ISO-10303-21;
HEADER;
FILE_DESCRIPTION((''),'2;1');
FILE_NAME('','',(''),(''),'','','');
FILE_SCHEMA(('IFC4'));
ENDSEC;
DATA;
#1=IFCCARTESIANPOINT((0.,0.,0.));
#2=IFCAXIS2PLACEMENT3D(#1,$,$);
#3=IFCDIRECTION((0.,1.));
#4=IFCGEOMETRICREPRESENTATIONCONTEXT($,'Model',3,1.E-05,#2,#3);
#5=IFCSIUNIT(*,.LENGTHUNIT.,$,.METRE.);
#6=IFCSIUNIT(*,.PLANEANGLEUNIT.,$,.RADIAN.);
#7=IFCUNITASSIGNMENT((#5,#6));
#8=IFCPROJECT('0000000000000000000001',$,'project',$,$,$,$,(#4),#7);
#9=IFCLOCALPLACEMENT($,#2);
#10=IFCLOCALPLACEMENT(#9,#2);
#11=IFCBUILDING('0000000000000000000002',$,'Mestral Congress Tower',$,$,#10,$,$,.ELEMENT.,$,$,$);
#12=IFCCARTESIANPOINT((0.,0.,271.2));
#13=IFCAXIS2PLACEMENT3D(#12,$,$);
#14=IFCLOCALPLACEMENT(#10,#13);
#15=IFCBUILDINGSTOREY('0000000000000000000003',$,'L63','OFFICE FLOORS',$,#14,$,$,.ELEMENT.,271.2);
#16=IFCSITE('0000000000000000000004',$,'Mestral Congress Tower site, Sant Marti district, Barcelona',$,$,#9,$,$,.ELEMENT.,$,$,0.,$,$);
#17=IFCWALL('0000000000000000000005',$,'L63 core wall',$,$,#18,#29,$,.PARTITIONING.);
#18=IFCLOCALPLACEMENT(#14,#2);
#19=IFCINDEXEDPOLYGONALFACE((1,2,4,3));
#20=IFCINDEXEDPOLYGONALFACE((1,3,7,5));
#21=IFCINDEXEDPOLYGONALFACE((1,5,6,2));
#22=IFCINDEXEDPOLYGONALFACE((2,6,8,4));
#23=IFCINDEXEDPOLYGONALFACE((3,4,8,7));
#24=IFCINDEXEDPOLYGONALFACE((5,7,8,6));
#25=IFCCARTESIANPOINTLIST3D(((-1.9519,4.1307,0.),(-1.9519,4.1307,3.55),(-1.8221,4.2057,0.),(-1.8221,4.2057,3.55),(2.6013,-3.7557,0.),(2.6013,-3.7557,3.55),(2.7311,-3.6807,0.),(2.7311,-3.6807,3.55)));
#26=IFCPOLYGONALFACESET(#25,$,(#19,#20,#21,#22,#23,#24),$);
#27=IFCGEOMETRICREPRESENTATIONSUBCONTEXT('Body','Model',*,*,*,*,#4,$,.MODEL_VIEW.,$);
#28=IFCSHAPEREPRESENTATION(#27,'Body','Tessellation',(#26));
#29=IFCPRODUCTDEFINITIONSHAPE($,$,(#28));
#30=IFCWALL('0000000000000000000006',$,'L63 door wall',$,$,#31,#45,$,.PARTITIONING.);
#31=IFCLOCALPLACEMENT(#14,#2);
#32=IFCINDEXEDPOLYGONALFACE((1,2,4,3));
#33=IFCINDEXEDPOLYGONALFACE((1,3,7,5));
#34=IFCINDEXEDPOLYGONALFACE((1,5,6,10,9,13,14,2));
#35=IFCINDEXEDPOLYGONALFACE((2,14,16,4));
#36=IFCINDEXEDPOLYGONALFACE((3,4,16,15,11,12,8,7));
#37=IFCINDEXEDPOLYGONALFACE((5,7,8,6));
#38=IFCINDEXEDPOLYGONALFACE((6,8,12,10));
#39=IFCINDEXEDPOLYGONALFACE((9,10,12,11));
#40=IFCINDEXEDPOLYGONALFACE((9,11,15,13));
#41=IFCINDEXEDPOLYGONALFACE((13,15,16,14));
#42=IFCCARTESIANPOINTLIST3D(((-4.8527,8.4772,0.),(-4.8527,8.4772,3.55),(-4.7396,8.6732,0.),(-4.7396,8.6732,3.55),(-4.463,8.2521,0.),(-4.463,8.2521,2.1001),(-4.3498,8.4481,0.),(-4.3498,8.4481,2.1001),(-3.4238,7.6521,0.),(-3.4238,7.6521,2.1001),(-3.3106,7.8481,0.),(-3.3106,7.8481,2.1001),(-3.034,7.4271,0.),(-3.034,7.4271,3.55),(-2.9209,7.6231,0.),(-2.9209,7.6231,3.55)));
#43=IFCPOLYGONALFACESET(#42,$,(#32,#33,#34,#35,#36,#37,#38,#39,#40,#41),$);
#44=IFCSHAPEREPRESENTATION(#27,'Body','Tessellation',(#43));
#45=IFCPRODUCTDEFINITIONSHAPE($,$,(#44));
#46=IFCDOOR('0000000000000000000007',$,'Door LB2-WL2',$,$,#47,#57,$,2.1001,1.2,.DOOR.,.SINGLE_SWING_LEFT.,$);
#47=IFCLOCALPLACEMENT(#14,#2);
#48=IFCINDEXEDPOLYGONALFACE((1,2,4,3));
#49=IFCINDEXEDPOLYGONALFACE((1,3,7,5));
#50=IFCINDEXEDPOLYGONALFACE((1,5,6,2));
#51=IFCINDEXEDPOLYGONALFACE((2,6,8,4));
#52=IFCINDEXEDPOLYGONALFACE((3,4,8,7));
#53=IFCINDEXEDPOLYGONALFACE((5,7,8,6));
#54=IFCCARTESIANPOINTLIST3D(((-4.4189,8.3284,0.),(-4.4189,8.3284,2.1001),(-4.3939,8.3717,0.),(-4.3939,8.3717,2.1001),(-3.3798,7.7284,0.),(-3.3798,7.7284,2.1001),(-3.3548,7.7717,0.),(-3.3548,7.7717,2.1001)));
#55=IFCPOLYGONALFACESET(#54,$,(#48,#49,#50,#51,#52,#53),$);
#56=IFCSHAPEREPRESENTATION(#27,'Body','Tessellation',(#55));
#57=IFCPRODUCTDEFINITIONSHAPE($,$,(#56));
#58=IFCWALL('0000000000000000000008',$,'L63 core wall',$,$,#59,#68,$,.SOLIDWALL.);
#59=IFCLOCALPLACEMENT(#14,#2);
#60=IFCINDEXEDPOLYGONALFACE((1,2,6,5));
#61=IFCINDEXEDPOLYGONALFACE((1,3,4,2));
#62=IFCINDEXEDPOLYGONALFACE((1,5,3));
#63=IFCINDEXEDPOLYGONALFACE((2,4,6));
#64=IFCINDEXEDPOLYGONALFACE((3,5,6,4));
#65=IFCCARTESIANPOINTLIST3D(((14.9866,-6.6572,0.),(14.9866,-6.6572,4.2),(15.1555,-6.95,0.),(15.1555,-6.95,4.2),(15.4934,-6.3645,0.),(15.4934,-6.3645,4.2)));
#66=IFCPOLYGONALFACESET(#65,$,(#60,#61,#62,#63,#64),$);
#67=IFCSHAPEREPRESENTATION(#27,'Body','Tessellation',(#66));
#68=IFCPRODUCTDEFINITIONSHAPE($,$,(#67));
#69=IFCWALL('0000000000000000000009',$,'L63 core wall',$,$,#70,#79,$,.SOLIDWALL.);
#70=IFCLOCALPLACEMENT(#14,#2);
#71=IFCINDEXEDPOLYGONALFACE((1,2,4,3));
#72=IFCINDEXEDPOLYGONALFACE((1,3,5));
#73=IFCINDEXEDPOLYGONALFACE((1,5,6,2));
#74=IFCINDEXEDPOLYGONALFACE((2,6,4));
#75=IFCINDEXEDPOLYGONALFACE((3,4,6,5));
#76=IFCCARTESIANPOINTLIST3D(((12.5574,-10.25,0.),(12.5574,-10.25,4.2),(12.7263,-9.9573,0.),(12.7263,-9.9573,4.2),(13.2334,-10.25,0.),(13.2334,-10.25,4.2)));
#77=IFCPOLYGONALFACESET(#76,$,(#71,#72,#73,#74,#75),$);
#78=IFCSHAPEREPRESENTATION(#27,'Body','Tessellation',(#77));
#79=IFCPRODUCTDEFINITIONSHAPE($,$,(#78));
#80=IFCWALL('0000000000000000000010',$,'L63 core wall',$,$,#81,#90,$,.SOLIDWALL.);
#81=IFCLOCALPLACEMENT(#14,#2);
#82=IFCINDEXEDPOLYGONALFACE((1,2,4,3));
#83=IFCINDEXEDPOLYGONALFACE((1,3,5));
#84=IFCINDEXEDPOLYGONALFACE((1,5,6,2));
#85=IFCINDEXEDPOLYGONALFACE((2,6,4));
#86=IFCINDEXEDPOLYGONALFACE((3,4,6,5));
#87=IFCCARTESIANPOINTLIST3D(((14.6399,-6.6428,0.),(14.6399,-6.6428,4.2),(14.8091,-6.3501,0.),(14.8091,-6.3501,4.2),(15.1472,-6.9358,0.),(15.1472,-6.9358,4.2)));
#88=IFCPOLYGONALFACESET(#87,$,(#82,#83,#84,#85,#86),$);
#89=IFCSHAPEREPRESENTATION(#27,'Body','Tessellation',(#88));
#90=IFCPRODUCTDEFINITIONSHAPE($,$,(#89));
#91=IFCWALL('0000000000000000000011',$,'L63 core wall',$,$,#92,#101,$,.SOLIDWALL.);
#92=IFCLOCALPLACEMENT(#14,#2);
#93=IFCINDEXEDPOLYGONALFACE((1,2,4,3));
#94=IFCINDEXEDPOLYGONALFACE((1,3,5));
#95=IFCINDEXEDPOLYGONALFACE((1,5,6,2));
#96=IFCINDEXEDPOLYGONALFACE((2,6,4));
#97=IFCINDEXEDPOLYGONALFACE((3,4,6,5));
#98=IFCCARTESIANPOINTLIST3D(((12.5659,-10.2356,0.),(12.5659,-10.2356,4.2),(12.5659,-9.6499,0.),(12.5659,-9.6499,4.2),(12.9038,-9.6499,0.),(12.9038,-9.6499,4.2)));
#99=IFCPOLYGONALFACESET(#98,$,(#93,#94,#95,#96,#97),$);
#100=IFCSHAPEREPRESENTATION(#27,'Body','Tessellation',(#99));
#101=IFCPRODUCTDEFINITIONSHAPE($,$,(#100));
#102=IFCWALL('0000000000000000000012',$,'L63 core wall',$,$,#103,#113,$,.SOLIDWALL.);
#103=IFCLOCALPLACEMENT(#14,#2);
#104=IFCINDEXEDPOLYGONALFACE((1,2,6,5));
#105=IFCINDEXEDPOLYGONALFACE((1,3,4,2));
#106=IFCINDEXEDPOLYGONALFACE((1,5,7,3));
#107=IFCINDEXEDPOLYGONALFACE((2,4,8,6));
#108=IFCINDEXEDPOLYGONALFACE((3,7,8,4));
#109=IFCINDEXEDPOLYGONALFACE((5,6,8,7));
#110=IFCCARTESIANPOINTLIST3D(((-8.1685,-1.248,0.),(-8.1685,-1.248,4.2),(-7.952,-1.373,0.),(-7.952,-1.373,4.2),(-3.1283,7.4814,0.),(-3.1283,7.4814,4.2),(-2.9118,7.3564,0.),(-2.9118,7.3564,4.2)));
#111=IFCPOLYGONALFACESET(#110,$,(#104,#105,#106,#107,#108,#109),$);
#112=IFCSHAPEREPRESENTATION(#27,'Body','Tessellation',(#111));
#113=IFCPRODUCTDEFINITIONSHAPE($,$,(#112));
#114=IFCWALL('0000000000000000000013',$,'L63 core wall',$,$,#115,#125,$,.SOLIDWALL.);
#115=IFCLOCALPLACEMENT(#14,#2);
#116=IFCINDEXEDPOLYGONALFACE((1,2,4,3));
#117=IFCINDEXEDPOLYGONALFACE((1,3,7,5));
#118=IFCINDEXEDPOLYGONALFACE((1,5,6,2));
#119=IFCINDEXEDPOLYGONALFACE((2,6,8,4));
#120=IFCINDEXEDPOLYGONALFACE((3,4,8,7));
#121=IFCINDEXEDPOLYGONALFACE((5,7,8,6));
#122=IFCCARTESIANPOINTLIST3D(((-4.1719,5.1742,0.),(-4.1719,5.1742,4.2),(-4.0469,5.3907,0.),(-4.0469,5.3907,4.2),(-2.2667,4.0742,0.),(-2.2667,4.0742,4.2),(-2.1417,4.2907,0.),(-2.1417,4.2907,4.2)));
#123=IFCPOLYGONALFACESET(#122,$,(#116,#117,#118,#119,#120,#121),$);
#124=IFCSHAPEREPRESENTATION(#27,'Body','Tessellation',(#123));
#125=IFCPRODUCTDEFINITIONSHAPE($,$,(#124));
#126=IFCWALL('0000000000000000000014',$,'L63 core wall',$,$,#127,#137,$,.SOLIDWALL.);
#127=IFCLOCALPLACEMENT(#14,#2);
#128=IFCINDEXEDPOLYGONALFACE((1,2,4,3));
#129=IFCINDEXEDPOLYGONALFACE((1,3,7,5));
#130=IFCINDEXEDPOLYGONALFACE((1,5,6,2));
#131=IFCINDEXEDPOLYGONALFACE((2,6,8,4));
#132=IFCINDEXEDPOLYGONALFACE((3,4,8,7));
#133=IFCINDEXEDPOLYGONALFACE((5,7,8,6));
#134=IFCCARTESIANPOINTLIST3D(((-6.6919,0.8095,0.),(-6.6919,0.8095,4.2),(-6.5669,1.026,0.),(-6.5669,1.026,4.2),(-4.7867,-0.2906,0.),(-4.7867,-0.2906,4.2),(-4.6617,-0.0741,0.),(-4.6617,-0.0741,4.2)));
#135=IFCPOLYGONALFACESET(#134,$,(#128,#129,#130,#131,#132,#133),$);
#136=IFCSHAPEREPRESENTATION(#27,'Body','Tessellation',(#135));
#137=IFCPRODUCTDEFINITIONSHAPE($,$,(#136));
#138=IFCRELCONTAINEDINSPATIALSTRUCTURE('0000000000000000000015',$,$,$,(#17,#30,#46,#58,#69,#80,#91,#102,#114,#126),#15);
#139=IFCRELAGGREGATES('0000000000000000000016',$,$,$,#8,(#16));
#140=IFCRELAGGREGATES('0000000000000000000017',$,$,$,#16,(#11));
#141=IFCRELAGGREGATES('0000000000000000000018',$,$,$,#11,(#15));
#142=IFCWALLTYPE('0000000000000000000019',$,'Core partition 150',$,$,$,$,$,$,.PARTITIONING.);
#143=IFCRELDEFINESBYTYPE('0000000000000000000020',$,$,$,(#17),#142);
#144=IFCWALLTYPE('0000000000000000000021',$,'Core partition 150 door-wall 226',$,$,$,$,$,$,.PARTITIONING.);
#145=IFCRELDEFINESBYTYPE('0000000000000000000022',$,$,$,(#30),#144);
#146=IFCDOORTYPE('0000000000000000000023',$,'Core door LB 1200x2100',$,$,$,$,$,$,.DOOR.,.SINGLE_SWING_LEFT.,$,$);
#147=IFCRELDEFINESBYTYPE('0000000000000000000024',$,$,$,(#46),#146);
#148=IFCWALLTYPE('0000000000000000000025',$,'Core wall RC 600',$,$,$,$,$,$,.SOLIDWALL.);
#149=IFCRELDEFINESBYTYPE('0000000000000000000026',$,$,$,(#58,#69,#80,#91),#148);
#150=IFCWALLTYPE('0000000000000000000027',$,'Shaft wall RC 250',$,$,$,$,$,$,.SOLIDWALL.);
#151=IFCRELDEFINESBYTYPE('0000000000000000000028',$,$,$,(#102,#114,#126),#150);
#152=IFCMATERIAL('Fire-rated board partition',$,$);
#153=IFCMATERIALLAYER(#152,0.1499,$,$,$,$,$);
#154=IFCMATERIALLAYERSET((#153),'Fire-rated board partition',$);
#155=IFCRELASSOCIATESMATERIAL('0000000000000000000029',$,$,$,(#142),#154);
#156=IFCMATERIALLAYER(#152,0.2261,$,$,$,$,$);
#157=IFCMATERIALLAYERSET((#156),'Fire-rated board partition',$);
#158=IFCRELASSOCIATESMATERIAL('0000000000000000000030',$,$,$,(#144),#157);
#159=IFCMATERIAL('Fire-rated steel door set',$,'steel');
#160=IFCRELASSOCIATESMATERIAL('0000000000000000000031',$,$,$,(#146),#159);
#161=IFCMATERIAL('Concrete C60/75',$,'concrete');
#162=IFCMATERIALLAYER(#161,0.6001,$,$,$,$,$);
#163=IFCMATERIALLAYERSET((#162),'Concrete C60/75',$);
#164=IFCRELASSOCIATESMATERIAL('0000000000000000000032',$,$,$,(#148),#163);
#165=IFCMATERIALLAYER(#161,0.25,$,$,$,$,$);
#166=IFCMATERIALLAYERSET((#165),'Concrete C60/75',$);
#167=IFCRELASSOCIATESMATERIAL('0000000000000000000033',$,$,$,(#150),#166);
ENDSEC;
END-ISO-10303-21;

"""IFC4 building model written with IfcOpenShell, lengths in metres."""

from ifc_helpers import new_model, si_unit, direction, frame, frame_2d, origin, place, context, subcontext, project, spatial, polyline, rectangle, outline, extrude, material, layer, layer_set, type_object, element, fill, save


model = new_model("IFC4")

# Units and contexts
model_context = context("Model", 3, precision=1e-05, world=origin(), true_north=direction((0.0, 1.0)))
body_context = subcontext(model_context, "Body", "Model", "MODEL_VIEW")
ifc_project = project(units=[si_unit("LENGTHUNIT", "METRE"), si_unit("PLANEANGLEUNIT", "RADIAN")], contexts=[model_context])

# Site, building, storey
site_placement = place(None, origin())
site = spatial("IfcSite", under=ifc_project, at=site_placement, Name="Mestral Congress Tower site, Sant Marti district, Barcelona", CompositionType="ELEMENT", RefElevation=0.0)
building_placement = place(site_placement, origin())
building = spatial("IfcBuilding", under=site, at=building_placement, Name="Mestral Congress Tower", CompositionType="ELEMENT")
storey_placement = place(building_placement, frame((0.0, 0.0, 271.2)))
storey = spatial("IfcBuildingStorey", under=building, at=storey_placement, Name="L63", Description="OFFICE FLOORS", CompositionType="ELEMENT", Elevation=271.2)

# Shared definitions
ifc_material_1 = material(Name="Concrete C60/75", Category="concrete")

# Shared definitions
placement_1 = place(storey_placement, origin())

# Wall
ifc_material_2 = material(Name="Fire-rated board partition")
ifc_layer_1 = layer(ifc_material_2, 0.1499)
ifc_layer_set_1 = layer_set([ifc_layer_1], Name="Fire-rated board partition")
wall_type_1 = type_object("IfcWallType", Name="Core partition 150", PredefinedType="PARTITIONING", material=ifc_layer_set_1)
wall_1_placement = place(storey_placement, frame((-1.887, 4.1682, 0.0), z_axis=(0.0, 0.0, 1.0), x_axis=(0.499997, -0.866027, 0.0)))
element("IfcWall", 1, at=wall_1_placement, inside=storey, type_object=wall_type_1, Name="L63 core wall", PredefinedType="PARTITIONING", context=body_context, shape_type="SweptSolid", body=[
    extrude(rectangle(XDim=9.1064, YDim=0.1499, at=frame_2d((4.5532, 0.0))), origin(), (0.0, 0.0, 1.0), 3.55),
])

# Wall, opening, door
ifc_layer_2 = layer(ifc_material_2, 0.2261)
ifc_layer_set_2 = layer_set([ifc_layer_2], Name="Fire-rated board partition")
wall_type_2 = type_object("IfcWallType", Name="Core partition 150 door-wall 226", PredefinedType="PARTITIONING", material=ifc_layer_set_2)
wall_2_placement = place(storey_placement, frame((-4.7961, 8.5752, 0.0), z_axis=(0.0, 0.0, 1.0), x_axis=(0.866009, -0.500028, 0.0)))
wall_2 = element("IfcWall", 2, at=wall_2_placement, inside=storey, type_object=wall_type_2, Name="L63 door wall", PredefinedType="PARTITIONING", context=body_context, shape_type="SweptSolid", body=[
    extrude(rectangle(XDim=2.1001, YDim=0.2263, at=frame_2d((1.05, 0.0))), origin(), (0.0, 0.0, 1.0), 3.55),
])
opening_1_placement = place(wall_2_placement, frame((0.45, 0.0, 0.0)))
opening_1 = element("IfcOpeningElement", 3, at=opening_1_placement, cuts=wall_2, PredefinedType="OPENING", context=body_context, shape_type="SweptSolid", body=[
    extrude(rectangle(XDim=1.2, YDim=2.1001, at=frame_2d((0.6001, 1.05))), frame((0.0, 0.123, 0.0), z_axis=(0.0, -1.0, 0.0), x_axis=(1.0, 0.0, 0.0)), (0.0, 0.0, 1.0), 0.2463),
])
ifc_material_3 = material(Name="Fire-rated steel door set", Category="steel")
door_type_1 = type_object("IfcDoorType", Name="Core door LB 1200x2100", OperationType="SINGLE_SWING_LEFT", PredefinedType="DOOR", material=ifc_material_3)
door_1_placement = place(opening_1_placement, origin())
door_1 = element("IfcDoor", 4, at=door_1_placement, inside=storey, type_object=door_type_1, Name="Door LB2-WL2", OperationType="SINGLE_SWING_LEFT", OverallHeight=2.1001, OverallWidth=1.2, PredefinedType="DOOR", context=body_context, shape_type="SweptSolid", body=[
    extrude(rectangle(XDim=1.2, YDim=2.1001, at=frame_2d((0.6001, 1.05))), frame((0.0, 0.0249, 0.0), z_axis=(0.0, -1.0, 0.0), x_axis=(1.0, 0.0, 0.0)), (0.0, 0.0, 1.0), 0.05),
])
fill(opening_1, door_1)

# Walls
ifc_layer_3 = layer(ifc_material_1, 0.6001)
ifc_layer_set_3 = layer_set([ifc_layer_3], Name="Concrete C60/75")
wall_type_3 = type_object("IfcWallType", Name="Core wall RC 600", PredefinedType="SOLIDWALL", material=ifc_layer_set_3)
element("IfcWall", 5, at=placement_1, inside=storey, type_object=wall_type_3, Name="L63 core wall", PredefinedType="SOLIDWALL", context=body_context, shape_type="SweptSolid", body=[
    extrude(outline(polyline([(15.1555, -6.95), (14.9866, -6.6572), (15.4934, -6.3645), (15.1555, -6.95)])), origin(), (0.0, 0.0, 1.0), 4.2),
])
element("IfcWall", 6, at=placement_1, inside=storey, type_object=wall_type_3, Name="L63 core wall", PredefinedType="SOLIDWALL", context=body_context, shape_type="SweptSolid", body=[
    extrude(outline(polyline([(12.7263, -9.9573), (13.2334, -10.25), (12.5574, -10.25), (12.7263, -9.9573)])), origin(), (0.0, 0.0, 1.0), 4.2),
])
element("IfcWall", 7, at=placement_1, inside=storey, type_object=wall_type_3, Name="L63 core wall", PredefinedType="SOLIDWALL", context=body_context, shape_type="SweptSolid", body=[
    extrude(outline(polyline([(14.8091, -6.3501), (15.1472, -6.9358), (14.6399, -6.6428), (14.8091, -6.3501)])), origin(), (0.0, 0.0, 1.0), 4.2),
])
element("IfcWall", 8, at=placement_1, inside=storey, type_object=wall_type_3, Name="L63 core wall", PredefinedType="SOLIDWALL", context=body_context, shape_type="SweptSolid", body=[
    extrude(outline(polyline([(12.9038, -9.6499), (12.5659, -10.2356), (12.5659, -9.6499), (12.9038, -9.6499)])), origin(), (0.0, 0.0, 1.0), 4.2),
])
ifc_layer_4 = layer(ifc_material_1, 0.25)
ifc_layer_set_4 = layer_set([ifc_layer_4], Name="Concrete C60/75")
wall_type_4 = type_object("IfcWallType", Name="Shaft wall RC 250", PredefinedType="SOLIDWALL", material=ifc_layer_set_4)
wall_3_placement = place(storey_placement, frame((-3.02, 7.4189, 0.0), z_axis=(0.0, 0.0, 1.0), x_axis=(-0.500023, -0.866012, 0.0)))
element("IfcWall", 9, at=wall_3_placement, inside=storey, type_object=wall_type_4, Name="L63 core wall", PredefinedType="SOLIDWALL", context=body_context, shape_type="SweptSolid", body=[
    extrude(rectangle(XDim=10.0801, YDim=0.25, at=frame_2d((5.04, 0.0))), origin(), (0.0, 0.0, 1.0), 4.2),
])
for number, where, z_axis, x_axis, name in (
    (10, (-2.2041, 4.1824, 0.0), (0.0, 0.0, 1.0), (-0.866008, 0.50003, 0.0), "L63 core wall"),
    (11, (-4.7241, -0.1824, 0.0), (0.0, 0.0, 1.0), (-0.866008, 0.50003, 0.0), "L63 core wall"),
):
    element("IfcWall", number, at=place(storey_placement, frame(where, z_axis=z_axis, x_axis=x_axis)), inside=storey, type_object=wall_type_4, Name=name, PredefinedType="SOLIDWALL", context=body_context, shape_type="SweptSolid", body=[
        extrude(rectangle(XDim=2.2, YDim=0.25, at=frame_2d((1.1001, 0.0))), origin(), (0.0, 0.0, 1.0), 4.2),
    ])

save(model, "model.ifc")
